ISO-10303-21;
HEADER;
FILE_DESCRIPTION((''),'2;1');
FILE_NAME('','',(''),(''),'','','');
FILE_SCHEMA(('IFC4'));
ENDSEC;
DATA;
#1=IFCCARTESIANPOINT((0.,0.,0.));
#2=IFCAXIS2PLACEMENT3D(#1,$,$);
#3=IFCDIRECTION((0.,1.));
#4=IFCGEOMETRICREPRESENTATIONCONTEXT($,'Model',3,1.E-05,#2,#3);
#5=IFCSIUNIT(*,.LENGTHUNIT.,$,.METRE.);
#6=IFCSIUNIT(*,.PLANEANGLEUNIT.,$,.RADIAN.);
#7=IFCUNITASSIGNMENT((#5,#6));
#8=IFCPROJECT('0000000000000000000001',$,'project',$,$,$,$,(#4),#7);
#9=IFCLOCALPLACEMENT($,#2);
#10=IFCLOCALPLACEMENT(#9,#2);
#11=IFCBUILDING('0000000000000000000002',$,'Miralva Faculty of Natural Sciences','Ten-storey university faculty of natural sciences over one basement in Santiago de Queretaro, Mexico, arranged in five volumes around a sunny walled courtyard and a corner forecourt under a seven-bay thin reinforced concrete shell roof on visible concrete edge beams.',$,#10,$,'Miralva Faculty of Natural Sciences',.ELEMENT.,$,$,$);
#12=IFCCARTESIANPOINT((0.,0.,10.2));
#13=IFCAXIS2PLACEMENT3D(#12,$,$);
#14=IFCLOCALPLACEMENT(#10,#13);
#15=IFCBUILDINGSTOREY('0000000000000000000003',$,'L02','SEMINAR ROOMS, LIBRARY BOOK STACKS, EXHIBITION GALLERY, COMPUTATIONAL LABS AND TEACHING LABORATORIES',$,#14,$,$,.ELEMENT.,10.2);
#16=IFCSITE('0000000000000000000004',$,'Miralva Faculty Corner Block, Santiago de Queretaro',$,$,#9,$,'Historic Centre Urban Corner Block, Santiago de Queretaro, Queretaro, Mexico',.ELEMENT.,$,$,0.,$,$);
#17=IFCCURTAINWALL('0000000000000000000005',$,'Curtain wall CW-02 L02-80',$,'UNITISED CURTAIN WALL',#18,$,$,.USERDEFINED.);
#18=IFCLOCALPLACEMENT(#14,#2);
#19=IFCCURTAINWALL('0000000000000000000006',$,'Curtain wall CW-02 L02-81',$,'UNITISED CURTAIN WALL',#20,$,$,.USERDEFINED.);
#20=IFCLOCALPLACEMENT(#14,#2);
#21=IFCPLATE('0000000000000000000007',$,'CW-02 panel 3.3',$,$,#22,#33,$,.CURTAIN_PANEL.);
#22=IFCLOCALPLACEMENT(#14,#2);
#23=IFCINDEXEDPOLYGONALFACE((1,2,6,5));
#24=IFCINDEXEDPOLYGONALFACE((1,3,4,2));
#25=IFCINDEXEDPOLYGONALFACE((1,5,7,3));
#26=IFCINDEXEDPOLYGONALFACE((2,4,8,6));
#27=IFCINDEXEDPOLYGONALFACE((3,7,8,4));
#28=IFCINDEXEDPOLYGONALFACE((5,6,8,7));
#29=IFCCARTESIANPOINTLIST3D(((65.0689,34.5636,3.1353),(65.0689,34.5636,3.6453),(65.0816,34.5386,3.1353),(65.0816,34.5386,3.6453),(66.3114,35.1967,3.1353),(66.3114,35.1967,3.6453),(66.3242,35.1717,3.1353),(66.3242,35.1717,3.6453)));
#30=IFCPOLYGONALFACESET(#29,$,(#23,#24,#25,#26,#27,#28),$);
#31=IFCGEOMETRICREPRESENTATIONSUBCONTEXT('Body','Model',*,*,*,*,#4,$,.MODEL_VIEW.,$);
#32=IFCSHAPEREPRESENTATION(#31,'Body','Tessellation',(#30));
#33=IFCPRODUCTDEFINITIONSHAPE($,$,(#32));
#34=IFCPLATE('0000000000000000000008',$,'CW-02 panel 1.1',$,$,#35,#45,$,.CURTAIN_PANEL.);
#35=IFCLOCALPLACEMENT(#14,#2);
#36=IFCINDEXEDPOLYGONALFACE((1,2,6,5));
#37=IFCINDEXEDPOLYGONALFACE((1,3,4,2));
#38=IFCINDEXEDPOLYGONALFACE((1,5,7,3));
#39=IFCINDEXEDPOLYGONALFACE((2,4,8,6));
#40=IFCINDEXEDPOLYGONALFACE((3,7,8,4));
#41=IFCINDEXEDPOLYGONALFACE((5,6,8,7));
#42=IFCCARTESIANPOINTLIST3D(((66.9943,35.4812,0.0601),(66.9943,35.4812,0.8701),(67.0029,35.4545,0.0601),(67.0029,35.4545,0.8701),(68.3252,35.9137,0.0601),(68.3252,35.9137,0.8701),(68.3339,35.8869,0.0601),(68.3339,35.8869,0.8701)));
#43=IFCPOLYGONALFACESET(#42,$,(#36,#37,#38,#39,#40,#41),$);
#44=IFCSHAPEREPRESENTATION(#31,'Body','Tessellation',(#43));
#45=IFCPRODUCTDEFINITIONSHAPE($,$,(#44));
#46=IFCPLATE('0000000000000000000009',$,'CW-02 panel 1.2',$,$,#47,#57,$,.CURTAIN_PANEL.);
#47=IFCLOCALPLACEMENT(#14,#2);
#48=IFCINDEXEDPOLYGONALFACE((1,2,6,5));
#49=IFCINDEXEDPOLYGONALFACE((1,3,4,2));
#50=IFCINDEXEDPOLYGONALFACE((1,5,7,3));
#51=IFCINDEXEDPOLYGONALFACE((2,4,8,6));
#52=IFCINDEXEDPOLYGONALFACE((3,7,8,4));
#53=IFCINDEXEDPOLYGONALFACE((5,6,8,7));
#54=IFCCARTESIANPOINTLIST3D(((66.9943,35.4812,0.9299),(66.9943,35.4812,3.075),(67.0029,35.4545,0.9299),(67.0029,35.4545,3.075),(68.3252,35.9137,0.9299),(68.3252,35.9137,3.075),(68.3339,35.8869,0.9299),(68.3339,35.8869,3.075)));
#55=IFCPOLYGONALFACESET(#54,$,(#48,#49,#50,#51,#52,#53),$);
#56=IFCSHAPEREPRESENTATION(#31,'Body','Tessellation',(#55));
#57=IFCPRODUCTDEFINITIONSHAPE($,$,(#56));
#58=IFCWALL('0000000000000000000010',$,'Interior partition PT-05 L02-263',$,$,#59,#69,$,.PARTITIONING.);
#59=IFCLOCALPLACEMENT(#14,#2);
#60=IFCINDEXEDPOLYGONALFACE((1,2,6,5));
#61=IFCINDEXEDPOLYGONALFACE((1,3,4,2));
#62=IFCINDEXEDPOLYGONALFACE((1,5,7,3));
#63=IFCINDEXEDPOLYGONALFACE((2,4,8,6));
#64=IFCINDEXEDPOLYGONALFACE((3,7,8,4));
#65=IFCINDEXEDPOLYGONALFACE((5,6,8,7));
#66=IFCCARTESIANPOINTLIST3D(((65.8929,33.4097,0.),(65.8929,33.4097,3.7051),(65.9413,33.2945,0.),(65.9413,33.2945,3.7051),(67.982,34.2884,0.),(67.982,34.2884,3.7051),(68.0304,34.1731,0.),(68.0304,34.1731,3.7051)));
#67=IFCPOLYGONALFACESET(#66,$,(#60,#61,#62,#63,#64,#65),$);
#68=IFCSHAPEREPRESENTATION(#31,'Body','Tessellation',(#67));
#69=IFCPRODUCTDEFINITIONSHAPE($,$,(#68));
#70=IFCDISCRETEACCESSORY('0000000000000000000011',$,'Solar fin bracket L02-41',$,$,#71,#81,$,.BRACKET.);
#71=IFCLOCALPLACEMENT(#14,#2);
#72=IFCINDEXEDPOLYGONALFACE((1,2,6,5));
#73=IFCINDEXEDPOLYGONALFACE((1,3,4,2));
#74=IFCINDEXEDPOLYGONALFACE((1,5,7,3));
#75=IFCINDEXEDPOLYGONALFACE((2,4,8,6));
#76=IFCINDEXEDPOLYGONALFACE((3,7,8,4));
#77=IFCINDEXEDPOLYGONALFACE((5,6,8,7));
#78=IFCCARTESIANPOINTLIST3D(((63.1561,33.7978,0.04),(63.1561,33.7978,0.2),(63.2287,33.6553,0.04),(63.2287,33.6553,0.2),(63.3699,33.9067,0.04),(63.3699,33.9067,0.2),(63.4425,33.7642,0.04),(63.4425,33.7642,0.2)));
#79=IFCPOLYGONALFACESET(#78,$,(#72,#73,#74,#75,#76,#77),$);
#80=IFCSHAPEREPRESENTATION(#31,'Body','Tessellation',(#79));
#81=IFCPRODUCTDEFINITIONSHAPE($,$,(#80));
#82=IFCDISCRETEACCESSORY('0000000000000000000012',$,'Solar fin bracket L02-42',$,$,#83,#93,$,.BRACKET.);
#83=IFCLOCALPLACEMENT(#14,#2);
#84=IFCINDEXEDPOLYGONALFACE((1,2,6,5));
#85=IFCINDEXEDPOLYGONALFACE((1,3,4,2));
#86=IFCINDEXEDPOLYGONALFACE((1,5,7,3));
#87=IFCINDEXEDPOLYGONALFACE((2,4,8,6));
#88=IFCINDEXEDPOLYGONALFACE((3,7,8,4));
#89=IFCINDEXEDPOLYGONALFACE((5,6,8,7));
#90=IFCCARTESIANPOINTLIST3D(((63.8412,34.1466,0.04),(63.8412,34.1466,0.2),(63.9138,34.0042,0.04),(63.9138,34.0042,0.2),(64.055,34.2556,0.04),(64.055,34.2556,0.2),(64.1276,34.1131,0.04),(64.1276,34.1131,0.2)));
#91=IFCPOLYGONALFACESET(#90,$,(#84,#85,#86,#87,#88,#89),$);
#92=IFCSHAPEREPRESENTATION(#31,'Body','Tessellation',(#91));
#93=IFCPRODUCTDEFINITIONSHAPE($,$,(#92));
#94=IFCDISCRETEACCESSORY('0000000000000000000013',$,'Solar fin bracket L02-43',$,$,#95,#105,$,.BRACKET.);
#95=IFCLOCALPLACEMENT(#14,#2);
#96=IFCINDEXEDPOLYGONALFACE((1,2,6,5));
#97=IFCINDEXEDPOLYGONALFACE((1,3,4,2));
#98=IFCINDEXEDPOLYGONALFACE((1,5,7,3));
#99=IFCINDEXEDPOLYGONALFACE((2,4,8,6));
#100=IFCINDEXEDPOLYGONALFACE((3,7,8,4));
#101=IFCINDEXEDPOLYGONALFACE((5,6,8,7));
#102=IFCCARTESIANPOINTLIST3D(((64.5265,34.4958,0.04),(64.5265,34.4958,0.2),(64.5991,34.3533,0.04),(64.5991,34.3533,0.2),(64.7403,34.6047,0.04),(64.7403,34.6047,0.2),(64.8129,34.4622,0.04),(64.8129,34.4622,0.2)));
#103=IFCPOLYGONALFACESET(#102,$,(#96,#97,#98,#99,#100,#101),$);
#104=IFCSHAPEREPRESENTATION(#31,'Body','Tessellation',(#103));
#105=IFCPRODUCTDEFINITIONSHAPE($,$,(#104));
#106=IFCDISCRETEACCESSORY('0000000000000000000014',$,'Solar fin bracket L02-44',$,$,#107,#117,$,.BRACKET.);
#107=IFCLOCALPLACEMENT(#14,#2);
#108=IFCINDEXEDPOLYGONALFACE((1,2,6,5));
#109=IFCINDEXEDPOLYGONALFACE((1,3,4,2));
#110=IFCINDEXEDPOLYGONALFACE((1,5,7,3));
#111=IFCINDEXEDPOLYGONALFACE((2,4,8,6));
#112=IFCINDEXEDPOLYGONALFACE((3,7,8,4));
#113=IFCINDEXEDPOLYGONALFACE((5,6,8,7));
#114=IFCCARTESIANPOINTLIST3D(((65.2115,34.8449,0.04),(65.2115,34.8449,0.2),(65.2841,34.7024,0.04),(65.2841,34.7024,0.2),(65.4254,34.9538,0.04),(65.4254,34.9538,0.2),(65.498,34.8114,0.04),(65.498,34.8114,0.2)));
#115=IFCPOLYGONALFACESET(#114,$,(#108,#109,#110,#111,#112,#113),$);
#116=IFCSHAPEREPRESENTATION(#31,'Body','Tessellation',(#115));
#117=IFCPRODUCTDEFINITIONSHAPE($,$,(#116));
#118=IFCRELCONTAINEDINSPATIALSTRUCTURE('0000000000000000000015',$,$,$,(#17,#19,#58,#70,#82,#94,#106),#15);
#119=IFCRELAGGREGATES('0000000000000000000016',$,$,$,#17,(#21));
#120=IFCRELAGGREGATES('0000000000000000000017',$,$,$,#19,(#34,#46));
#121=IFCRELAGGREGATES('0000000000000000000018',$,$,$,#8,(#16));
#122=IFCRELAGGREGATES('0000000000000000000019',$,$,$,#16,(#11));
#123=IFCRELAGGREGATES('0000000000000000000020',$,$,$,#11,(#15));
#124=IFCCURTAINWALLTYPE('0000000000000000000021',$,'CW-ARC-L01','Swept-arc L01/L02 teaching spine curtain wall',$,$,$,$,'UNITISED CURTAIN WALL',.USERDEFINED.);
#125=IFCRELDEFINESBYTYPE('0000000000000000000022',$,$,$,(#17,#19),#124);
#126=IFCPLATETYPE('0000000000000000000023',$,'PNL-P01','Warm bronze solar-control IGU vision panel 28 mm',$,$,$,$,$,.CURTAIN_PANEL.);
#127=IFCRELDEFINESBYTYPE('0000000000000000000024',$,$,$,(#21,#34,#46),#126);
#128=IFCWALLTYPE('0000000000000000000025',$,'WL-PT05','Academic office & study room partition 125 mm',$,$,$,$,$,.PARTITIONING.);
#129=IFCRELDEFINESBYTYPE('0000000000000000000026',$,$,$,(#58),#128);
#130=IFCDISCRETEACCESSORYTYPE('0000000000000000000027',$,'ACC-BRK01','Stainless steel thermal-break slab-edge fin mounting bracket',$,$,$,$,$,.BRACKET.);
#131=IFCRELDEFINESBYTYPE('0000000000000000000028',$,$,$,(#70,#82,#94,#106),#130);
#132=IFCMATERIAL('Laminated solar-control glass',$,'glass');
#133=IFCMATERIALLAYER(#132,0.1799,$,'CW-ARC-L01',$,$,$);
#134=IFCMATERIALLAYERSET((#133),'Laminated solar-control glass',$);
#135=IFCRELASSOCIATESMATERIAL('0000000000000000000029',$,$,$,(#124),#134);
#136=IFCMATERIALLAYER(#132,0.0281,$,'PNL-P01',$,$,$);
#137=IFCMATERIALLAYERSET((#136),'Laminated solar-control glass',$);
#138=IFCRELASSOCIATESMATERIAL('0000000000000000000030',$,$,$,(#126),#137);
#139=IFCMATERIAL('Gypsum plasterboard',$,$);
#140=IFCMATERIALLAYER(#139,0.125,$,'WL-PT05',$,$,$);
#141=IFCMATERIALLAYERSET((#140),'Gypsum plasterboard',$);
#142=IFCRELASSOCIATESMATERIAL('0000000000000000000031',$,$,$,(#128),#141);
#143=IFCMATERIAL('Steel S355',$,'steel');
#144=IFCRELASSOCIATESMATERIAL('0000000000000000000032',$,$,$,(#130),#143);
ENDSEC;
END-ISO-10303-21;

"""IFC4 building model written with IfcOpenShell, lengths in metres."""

from ifc_helpers import new_model, si_unit, direction, frame, frame_2d, origin, origin_2d, place, context, subcontext, project, spatial, rectangle, extrude, material, layer, layer_set, type_object, element, aggregate, save


model = new_model("IFC4")

# Units and contexts
model_context = context("Model", 3, precision=1e-05, world=origin(), true_north=direction((0.0, 1.0)))
body_context = subcontext(model_context, "Body", "Model", "MODEL_VIEW")
ifc_project = project(units=[si_unit("LENGTHUNIT", "METRE"), si_unit("PLANEANGLEUNIT", "RADIAN")], contexts=[model_context])

# Site, building, storey
site_placement = place(None, origin())
site = spatial("IfcSite", under=ifc_project, at=site_placement, Name="Miralva Faculty Corner Block, Santiago de Queretaro", LongName="Historic Centre Urban Corner Block, Santiago de Queretaro, Queretaro, Mexico", CompositionType="ELEMENT", RefElevation=0.0)
building_placement = place(site_placement, origin())
building = spatial("IfcBuilding", under=site, at=building_placement, Name="Miralva Faculty of Natural Sciences", Description="Ten-storey university faculty of natural sciences over one basement in Santiago de Queretaro, Mexico, arranged in five volumes around a sunny walled courtyard and a corner forecourt under a seven-bay thin reinforced concrete shell roof on visible concrete edge beams.", LongName="Miralva Faculty of Natural Sciences", CompositionType="ELEMENT")
storey_placement = place(building_placement, frame((0.0, 0.0, 10.2)))
storey = spatial("IfcBuildingStorey", under=building, at=storey_placement, Name="L02", Description="SEMINAR ROOMS, LIBRARY BOOK STACKS, EXHIBITION GALLERY, COMPUTATIONAL LABS AND TEACHING LABORATORIES", CompositionType="ELEMENT", Elevation=10.2)

# Curtain wall
ifc_material_1 = material(Name="Laminated solar-control glass", Category="glass")
ifc_layer_1 = layer(ifc_material_1, 0.1799, Name="CW-ARC-L01")
ifc_layer_set_1 = layer_set([ifc_layer_1], Name="Laminated solar-control glass")
curtain_wall_type = type_object("IfcCurtainWallType", Name="CW-ARC-L01", Description="Swept-arc L01/L02 teaching spine curtain wall", ElementType="UNITISED CURTAIN WALL", PredefinedType="USERDEFINED", material=ifc_layer_set_1)
curtain_wall_1_placement = place(storey_placement, origin())
curtain_wall_1 = element("IfcCurtainWall", 1, at=curtain_wall_1_placement, inside=storey, type_object=curtain_wall_type, Name="Curtain wall CW-02 L02-80", ObjectType="UNITISED CURTAIN WALL", PredefinedType="USERDEFINED")

# Curtain wall
curtain_wall_2_placement = place(storey_placement, origin())
curtain_wall_2 = element("IfcCurtainWall", 2, at=curtain_wall_2_placement, inside=storey, type_object=curtain_wall_type, Name="Curtain wall CW-02 L02-81", ObjectType="UNITISED CURTAIN WALL", PredefinedType="USERDEFINED")

# Plates
ifc_layer_2 = layer(ifc_material_1, 0.0281, Name="PNL-P01")
ifc_layer_set_2 = layer_set([ifc_layer_2], Name="Laminated solar-control glass")
plate_type = type_object("IfcPlateType", Name="PNL-P01", Description="Warm bronze solar-control IGU vision panel 28 mm", PredefinedType="CURTAIN_PANEL", material=ifc_layer_set_2)
plate_1_placement = place(storey_placement, frame((65.6965, 34.8677, 3.1353), z_axis=(0.0, 0.0, 1.0), x_axis=(0.891015, 0.453975, 0.0)))
plate_1 = element("IfcPlate", 3, at=plate_1_placement, type_object=plate_type, Name="CW-02 panel 3.3", PredefinedType="CURTAIN_PANEL", context=body_context, shape_type="SweptSolid", body=[
    extrude(rectangle(XDim=1.3945, YDim=0.0281, at=origin_2d()), origin(), (0.0, 0.0, 1.0), 0.51),
])
aggregate(curtain_wall_1, [plate_1])
plate_2_placement = place(storey_placement, frame((67.6641, 35.6841, 0.0601), z_axis=(0.0, 0.0, 1.0), x_axis=(0.951058, 0.309011, 0.0)))
plate_2 = element("IfcPlate", 4, at=plate_2_placement, type_object=plate_type, Name="CW-02 panel 1.1", PredefinedType="CURTAIN_PANEL", context=body_context, shape_type="SweptSolid", body=[
    extrude(rectangle(XDim=1.3994, YDim=0.0281, at=origin_2d()), origin(), (0.0, 0.0, 1.0), 0.8101),
])
plate_3_placement = place(storey_placement, frame((67.6641, 35.6841, 0.9299), z_axis=(0.0, 0.0, 1.0), x_axis=(0.951058, 0.309011, 0.0)))
plate_3 = element("IfcPlate", 5, at=plate_3_placement, type_object=plate_type, Name="CW-02 panel 1.2", PredefinedType="CURTAIN_PANEL", context=body_context, shape_type="SweptSolid", body=[
    extrude(rectangle(XDim=1.3994, YDim=0.0281, at=origin_2d()), origin(), (0.0, 0.0, 1.0), 2.145),
])
aggregate(curtain_wall_2, [plate_2, plate_3])

# Wall
ifc_material_2 = material(Name="Gypsum plasterboard")
ifc_layer_3 = layer(ifc_material_2, 0.125, Name="WL-PT05")
ifc_layer_set_3 = layer_set([ifc_layer_3], Name="Gypsum plasterboard")
wall_type = type_object("IfcWallType", Name="WL-PT05", Description="Academic office & study room partition 125 mm", PredefinedType="PARTITIONING", material=ifc_layer_set_3)
wall_placement = place(storey_placement, frame((65.917, 33.3521, 0.0), z_axis=(0.0, 0.0, 1.0), x_axis=(0.921787, 0.387696, 0.0)))
element("IfcWall", 6, at=wall_placement, inside=storey, type_object=wall_type, Name="Interior partition PT-05 L02-263", PredefinedType="PARTITIONING", context=body_context, shape_type="SweptSolid", body=[
    extrude(rectangle(XDim=2.2664, YDim=0.125, at=frame_2d((1.1333, 0.0))), origin(), (0.0, 0.0, 1.0), 3.7051),
])

# Discrete accessories
ifc_material_3 = material(Name="Steel S355", Category="steel")
discrete_accessory_type = type_object("IfcDiscreteAccessoryType", Name="ACC-BRK01", Description="Stainless steel thermal-break slab-edge fin mounting bracket", PredefinedType="BRACKET", material=ifc_material_3)
for number, where, z_axis, x_axis, name in (
    (7, (63.2993, 33.781, 0.04), (0.0, 0.0, 1.0), (-0.45399, 0.891007, 0.0), "Solar fin bracket L02-41"),
    (8, (63.9844, 34.1299, 0.04), (0.0, 0.0, 1.0), (-0.45399, 0.891007, 0.0), "Solar fin bracket L02-42"),
    (9, (64.6697, 34.479, 0.04), (0.0, 0.0, 1.0), (-0.45399, 0.891007, 0.0), "Solar fin bracket L02-43"),
    (10, (65.3547, 34.8281, 0.04), (0.0, 0.0, 1.0), (-0.45399, 0.891007, 0.0), "Solar fin bracket L02-44"),
):
    element("IfcDiscreteAccessory", number, at=place(storey_placement, frame(where, z_axis=z_axis, x_axis=x_axis)), inside=storey, type_object=discrete_accessory_type, Name=name, PredefinedType="BRACKET", context=body_context, shape_type="SweptSolid", body=[
        extrude(rectangle(XDim=0.1599, YDim=0.24, at=origin_2d()), origin(), (0.0, 0.0, 1.0), 0.1599),
    ])

save(model, "model.ifc")
